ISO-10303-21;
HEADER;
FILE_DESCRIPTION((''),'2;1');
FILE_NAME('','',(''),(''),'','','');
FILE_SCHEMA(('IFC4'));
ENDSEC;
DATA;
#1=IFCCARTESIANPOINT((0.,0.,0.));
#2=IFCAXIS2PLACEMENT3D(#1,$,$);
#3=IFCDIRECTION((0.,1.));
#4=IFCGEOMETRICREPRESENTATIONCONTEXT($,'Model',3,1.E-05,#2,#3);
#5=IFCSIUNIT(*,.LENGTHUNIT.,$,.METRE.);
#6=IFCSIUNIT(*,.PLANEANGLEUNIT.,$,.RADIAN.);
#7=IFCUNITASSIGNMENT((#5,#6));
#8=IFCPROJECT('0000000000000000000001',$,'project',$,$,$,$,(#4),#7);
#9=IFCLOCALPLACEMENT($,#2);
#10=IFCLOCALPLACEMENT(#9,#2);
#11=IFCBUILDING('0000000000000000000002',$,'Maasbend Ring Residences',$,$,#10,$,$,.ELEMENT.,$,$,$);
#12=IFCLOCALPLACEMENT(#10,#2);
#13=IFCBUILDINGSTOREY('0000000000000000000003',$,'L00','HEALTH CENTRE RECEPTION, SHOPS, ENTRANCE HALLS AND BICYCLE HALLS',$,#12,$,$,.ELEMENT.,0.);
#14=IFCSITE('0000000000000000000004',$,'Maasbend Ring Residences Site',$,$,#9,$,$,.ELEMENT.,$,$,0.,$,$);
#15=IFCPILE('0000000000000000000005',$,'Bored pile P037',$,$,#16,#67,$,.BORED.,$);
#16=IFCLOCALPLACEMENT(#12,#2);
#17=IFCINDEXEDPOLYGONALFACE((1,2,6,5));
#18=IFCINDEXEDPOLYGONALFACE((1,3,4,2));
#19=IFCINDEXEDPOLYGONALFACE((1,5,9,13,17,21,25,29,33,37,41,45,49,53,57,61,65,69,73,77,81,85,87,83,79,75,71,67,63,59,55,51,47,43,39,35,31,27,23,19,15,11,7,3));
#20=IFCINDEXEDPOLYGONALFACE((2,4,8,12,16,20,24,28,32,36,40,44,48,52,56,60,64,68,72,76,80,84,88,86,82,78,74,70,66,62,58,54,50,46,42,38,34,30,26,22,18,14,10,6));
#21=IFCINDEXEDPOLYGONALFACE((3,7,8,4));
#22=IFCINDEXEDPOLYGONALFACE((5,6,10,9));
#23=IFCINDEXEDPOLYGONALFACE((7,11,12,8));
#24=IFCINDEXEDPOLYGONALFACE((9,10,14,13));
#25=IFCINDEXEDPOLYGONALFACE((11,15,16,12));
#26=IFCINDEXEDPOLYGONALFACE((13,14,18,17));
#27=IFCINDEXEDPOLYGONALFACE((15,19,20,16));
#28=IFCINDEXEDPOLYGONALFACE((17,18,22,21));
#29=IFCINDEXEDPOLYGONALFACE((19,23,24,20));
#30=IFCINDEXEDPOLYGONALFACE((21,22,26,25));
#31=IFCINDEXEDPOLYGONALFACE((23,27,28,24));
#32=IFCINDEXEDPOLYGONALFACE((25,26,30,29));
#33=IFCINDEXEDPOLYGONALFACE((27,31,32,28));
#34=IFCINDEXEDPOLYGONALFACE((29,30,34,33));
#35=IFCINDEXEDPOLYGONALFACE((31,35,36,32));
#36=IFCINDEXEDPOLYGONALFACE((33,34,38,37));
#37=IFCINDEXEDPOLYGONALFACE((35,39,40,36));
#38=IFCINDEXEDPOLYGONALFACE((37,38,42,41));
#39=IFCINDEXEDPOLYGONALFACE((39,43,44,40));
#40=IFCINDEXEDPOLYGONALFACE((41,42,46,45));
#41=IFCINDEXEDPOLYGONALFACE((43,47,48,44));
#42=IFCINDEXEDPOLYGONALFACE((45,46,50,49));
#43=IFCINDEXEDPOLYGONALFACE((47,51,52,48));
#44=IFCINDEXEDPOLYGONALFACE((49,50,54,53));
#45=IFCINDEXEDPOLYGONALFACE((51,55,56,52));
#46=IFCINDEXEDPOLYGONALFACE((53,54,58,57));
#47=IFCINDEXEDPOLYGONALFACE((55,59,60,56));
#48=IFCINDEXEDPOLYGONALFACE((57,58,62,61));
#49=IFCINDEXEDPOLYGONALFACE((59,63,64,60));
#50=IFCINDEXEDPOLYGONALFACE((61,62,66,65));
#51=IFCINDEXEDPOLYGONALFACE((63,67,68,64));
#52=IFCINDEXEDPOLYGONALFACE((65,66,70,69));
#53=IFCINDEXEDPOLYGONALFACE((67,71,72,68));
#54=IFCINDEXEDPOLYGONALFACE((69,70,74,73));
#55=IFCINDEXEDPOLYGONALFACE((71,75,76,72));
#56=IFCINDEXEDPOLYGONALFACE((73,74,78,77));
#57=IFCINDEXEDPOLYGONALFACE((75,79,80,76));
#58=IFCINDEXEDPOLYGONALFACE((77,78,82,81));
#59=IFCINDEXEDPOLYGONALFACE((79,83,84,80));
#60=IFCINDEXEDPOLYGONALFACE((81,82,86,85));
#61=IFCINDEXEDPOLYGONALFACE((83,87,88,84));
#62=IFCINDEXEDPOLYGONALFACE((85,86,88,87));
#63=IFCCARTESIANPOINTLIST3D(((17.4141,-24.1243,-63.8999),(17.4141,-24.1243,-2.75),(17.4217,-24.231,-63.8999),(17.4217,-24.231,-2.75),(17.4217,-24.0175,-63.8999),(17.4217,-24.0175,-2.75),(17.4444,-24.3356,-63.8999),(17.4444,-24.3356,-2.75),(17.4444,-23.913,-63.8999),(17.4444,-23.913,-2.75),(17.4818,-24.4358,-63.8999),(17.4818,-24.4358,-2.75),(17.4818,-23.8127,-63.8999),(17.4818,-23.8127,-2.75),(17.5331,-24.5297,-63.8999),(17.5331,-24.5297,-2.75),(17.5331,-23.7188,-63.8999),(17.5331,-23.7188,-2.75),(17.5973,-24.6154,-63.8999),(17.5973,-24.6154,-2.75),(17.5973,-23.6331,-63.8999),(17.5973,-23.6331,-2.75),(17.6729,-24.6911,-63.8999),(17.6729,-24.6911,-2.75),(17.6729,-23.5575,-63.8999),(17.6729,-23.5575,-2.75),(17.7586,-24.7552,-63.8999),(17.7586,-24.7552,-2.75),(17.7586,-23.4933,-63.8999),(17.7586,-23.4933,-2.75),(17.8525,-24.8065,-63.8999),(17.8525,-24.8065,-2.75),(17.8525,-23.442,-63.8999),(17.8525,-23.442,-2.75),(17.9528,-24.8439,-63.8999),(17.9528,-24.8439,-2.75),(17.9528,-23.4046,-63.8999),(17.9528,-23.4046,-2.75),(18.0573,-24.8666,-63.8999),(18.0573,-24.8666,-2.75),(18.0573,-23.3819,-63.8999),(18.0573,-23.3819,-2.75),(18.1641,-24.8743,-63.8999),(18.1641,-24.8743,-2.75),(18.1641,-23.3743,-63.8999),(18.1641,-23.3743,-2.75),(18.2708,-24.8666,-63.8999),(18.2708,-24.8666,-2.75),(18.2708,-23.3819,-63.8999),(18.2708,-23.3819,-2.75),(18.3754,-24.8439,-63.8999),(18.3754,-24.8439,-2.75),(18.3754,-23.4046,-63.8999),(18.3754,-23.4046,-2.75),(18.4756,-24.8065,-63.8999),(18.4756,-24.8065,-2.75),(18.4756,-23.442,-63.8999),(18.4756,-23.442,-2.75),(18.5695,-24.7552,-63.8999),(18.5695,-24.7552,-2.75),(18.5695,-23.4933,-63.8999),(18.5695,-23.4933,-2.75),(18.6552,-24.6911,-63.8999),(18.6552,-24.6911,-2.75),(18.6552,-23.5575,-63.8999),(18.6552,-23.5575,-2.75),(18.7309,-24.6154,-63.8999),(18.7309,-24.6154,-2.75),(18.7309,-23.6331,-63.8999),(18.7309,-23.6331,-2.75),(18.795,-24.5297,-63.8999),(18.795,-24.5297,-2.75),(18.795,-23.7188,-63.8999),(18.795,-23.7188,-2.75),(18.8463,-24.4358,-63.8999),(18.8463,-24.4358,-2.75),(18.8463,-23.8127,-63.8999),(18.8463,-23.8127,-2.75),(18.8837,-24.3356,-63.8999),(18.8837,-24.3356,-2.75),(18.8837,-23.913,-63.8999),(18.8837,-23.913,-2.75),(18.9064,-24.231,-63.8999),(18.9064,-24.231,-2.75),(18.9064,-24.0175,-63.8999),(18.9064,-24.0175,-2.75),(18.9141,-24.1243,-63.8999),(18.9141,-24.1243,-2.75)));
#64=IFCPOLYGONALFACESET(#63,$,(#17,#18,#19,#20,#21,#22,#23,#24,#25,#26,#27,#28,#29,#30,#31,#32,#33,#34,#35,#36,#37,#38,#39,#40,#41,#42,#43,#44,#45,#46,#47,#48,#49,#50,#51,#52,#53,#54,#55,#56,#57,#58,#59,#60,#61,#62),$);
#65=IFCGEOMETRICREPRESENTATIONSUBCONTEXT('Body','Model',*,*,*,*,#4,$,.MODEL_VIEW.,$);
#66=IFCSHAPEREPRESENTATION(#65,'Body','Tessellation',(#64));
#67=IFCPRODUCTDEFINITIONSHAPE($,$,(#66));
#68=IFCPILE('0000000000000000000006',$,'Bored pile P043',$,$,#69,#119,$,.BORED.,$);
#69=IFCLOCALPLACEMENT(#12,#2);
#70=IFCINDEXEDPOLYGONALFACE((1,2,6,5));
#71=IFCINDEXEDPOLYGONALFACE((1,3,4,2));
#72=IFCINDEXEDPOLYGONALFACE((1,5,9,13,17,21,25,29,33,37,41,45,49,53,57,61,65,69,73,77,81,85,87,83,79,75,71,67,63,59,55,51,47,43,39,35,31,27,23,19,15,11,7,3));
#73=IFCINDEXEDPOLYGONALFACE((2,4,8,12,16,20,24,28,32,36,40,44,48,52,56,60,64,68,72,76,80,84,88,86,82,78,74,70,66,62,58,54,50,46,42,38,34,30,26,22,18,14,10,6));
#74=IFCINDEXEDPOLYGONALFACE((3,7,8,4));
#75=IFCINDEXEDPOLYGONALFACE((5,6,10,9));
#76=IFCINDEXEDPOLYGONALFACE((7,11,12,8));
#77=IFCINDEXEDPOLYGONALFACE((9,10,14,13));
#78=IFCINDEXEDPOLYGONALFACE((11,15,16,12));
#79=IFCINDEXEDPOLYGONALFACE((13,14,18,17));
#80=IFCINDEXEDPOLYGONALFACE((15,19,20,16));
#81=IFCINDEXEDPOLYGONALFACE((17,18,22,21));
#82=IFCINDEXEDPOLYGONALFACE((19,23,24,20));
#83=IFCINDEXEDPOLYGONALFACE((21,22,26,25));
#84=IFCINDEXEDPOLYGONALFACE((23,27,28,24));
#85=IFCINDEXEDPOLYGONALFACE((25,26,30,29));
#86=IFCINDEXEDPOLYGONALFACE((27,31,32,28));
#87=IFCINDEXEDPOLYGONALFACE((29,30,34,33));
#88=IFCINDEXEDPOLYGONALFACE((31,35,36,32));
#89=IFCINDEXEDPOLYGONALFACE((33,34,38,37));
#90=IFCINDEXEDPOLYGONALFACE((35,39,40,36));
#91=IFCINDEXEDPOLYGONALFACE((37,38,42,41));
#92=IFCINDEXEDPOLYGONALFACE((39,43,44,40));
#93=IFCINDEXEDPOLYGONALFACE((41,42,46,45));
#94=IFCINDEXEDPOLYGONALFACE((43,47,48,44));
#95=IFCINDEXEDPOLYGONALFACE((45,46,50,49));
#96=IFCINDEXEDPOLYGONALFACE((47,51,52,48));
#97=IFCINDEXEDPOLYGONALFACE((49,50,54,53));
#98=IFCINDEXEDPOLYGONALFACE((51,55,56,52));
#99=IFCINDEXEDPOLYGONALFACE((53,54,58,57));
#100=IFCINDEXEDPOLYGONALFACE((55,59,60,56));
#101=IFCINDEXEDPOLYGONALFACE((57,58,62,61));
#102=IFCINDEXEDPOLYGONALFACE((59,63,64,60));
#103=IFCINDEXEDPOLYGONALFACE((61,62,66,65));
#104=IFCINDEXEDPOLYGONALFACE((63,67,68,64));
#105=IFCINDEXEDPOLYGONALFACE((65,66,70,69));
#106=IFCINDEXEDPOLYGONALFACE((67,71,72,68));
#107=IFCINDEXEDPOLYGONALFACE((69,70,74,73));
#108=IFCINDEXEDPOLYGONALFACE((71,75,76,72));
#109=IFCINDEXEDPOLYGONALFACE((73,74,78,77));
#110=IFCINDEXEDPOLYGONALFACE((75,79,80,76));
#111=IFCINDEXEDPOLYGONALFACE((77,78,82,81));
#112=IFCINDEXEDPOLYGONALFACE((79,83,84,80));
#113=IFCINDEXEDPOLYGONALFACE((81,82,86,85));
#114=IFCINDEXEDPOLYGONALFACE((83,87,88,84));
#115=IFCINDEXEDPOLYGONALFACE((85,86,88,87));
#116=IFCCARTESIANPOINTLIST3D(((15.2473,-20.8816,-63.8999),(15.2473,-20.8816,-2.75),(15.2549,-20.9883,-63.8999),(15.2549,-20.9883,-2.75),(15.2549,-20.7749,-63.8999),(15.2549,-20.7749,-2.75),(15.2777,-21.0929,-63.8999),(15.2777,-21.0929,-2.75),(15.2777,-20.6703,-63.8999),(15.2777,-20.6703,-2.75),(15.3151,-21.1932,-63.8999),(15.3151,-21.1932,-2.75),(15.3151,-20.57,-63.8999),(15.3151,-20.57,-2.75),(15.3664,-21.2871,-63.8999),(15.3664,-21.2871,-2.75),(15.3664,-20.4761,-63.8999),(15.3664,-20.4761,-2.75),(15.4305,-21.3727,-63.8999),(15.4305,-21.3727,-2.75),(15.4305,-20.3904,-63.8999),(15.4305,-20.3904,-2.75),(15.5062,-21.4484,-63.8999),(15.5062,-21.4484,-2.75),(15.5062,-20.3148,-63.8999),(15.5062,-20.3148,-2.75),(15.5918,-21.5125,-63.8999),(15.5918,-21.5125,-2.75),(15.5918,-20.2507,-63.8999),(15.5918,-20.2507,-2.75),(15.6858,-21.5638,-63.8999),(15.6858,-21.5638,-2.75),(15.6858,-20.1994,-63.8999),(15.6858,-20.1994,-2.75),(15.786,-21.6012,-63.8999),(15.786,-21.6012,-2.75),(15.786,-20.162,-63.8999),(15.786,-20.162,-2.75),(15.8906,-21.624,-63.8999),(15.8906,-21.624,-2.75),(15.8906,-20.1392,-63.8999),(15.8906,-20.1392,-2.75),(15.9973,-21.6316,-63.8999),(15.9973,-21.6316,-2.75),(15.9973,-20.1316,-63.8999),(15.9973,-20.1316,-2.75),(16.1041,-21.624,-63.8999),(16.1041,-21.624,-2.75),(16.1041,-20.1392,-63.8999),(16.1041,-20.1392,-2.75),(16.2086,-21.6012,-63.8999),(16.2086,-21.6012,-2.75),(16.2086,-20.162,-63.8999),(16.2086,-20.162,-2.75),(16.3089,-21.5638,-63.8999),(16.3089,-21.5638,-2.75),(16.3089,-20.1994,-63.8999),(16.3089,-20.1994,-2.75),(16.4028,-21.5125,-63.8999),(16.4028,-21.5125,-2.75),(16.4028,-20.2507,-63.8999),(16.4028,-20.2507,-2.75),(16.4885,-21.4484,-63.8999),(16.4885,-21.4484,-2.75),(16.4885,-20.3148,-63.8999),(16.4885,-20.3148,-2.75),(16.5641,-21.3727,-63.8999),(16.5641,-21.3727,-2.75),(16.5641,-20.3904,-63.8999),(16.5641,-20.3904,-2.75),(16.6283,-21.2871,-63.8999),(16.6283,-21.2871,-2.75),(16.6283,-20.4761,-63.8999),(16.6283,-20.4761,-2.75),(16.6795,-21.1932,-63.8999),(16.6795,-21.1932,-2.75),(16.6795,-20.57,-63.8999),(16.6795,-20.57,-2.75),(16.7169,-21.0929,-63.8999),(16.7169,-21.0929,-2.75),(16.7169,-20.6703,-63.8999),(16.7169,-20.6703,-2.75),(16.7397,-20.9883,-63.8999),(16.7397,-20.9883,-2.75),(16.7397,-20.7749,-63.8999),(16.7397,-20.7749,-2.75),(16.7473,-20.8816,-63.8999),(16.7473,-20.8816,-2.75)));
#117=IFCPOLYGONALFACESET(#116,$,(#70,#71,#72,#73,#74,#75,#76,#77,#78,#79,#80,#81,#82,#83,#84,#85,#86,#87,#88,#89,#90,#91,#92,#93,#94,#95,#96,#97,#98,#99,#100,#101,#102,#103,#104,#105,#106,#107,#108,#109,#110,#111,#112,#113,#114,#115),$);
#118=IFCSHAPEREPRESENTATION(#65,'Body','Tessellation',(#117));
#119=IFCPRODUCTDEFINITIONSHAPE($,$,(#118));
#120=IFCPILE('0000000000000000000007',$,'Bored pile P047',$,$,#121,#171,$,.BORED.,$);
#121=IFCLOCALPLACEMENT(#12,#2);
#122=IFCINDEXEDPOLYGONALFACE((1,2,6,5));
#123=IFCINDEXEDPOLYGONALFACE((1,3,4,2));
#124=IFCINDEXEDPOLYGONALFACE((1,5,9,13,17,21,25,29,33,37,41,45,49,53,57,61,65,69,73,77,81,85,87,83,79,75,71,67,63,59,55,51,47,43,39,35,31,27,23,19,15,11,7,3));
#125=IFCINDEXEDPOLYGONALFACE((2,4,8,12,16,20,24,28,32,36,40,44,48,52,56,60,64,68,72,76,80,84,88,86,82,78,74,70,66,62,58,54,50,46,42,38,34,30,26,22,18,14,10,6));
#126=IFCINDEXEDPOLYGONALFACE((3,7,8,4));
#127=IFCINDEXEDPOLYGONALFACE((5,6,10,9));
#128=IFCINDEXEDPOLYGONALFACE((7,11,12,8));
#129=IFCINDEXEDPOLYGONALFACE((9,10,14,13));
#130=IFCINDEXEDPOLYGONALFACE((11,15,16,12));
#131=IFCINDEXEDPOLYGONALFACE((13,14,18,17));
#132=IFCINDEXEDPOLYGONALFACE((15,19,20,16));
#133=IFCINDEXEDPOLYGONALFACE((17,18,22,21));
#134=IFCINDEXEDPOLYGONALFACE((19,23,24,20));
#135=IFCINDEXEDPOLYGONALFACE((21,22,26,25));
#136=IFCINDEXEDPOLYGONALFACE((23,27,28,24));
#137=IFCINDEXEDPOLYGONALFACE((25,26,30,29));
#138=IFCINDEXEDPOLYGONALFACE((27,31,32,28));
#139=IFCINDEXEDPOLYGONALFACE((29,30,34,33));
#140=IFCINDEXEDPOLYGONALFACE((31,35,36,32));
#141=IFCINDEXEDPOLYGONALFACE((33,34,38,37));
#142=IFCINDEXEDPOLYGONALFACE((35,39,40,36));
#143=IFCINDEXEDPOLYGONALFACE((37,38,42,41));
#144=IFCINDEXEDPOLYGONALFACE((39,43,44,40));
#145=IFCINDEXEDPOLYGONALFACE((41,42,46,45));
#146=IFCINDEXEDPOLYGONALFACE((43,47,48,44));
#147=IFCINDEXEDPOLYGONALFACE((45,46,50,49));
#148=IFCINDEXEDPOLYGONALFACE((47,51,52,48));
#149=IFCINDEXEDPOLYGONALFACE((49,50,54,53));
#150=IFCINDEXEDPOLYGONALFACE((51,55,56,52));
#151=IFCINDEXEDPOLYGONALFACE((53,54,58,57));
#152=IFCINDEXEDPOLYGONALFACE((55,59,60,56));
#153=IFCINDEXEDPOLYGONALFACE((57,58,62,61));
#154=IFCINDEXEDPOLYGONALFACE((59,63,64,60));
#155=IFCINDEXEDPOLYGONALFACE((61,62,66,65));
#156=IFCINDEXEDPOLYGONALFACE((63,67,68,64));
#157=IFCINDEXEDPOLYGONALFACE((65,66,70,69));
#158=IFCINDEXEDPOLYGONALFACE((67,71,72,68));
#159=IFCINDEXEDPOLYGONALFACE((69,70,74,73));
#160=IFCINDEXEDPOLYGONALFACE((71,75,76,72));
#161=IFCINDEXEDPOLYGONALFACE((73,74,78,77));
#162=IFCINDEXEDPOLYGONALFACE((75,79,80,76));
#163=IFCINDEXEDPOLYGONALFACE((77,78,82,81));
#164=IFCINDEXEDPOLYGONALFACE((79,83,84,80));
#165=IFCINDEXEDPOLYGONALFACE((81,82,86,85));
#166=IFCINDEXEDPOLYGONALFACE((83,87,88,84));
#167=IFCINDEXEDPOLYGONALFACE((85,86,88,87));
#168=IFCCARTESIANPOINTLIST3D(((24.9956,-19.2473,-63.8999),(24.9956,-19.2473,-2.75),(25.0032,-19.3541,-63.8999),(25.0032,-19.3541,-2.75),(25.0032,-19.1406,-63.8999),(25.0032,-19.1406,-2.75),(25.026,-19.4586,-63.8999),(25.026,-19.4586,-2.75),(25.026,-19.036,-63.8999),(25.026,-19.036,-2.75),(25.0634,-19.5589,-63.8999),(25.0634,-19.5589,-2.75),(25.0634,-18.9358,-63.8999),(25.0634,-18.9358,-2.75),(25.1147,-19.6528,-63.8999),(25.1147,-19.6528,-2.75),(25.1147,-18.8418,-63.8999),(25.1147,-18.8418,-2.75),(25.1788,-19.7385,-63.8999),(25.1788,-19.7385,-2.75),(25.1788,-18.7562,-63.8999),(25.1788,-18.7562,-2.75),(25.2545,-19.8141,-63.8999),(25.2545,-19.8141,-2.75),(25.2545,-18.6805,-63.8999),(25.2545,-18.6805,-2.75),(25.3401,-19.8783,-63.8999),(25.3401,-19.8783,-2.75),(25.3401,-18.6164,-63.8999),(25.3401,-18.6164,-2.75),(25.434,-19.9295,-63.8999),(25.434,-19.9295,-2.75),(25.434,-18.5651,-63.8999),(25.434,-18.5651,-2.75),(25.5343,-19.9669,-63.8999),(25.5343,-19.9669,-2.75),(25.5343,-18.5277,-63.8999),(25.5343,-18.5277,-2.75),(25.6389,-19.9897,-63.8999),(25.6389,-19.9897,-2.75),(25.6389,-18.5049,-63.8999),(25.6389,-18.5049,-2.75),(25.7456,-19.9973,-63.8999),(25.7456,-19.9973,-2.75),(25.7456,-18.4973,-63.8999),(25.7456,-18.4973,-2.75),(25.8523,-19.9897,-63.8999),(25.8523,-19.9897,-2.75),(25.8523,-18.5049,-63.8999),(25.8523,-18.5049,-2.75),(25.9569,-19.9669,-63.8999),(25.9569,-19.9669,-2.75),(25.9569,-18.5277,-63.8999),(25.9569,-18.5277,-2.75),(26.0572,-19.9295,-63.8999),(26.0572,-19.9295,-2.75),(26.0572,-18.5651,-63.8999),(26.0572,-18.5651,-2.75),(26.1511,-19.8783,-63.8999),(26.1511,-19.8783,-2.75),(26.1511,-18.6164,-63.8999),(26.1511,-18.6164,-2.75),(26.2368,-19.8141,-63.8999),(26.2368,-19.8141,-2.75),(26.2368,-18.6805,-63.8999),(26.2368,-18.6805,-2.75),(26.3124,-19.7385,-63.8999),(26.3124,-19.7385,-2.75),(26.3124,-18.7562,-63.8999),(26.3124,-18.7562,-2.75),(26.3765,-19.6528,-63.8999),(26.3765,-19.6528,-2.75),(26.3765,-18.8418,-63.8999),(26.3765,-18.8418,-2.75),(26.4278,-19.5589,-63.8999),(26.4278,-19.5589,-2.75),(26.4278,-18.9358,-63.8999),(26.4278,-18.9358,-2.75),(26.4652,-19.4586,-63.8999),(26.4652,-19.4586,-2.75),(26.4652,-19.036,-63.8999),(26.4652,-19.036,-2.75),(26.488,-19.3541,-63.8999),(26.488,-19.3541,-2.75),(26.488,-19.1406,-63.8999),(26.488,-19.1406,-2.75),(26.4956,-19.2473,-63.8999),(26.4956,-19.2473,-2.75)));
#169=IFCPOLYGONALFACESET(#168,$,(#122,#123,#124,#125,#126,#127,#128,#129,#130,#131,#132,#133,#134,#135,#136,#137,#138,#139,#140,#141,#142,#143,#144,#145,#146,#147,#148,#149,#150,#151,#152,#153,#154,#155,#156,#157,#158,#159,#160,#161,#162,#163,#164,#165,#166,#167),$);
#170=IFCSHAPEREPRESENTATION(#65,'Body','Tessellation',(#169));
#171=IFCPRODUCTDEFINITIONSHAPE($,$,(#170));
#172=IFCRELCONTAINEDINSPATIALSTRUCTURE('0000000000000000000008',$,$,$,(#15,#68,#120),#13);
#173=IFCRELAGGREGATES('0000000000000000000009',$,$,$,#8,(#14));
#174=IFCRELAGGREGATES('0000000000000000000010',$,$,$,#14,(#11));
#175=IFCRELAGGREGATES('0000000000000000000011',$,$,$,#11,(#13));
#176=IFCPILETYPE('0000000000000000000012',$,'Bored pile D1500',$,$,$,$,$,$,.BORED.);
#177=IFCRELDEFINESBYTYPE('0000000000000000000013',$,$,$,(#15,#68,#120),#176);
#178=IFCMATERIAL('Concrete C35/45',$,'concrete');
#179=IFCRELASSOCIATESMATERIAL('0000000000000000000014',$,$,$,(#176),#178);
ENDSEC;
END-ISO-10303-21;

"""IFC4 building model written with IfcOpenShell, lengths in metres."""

from ifc_helpers import new_model, si_unit, direction, frame, origin, origin_2d, place, context, subcontext, project, spatial, circle, extrude, material, material_profile, profile_set, type_object, element, save


model = new_model("IFC4")

# Units and contexts
model_context = context("Model", 3, precision=1e-05, world=origin(), true_north=direction((0.0, 1.0)))
body_context = subcontext(model_context, "Body", "Model", "MODEL_VIEW")
ifc_project = project(units=[si_unit("LENGTHUNIT", "METRE"), si_unit("PLANEANGLEUNIT", "RADIAN")], contexts=[model_context])

# Site, building, storey
site_placement = place(None, origin())
site = spatial("IfcSite", under=ifc_project, at=site_placement, Name="Maasbend Ring Residences Site", CompositionType="ELEMENT", RefElevation=0.0)
building_placement = place(site_placement, origin())
building = spatial("IfcBuilding", under=site, at=building_placement, Name="Maasbend Ring Residences", CompositionType="ELEMENT")
storey_placement = place(building_placement, origin())
storey = spatial("IfcBuildingStorey", under=building, at=storey_placement, Name="L00", Description="HEALTH CENTRE RECEPTION, SHOPS, ENTRANCE HALLS AND BICYCLE HALLS", CompositionType="ELEMENT", Elevation=0.0)

# Piles
ifc_material_1 = material(Name="Concrete C35/45", Category="concrete")
ifc_material_profile_1 = material_profile(ifc_material_1, circle(Radius=0.75, at=origin_2d()), Name="Bored pile D1500")
ifc_profile_set_1 = profile_set([ifc_material_profile_1], Name="Concrete C35/45")
pile_type = type_object("IfcPileType", Name="Bored pile D1500", PredefinedType="BORED", material=ifc_profile_set_1)
for number, where, z_axis, x_axis, name in (
    (1, (18.1641, -24.1243, -2.75), (0.0, 0.0, -1.0), (1.0, 0.0, 0.0), "Bored pile P037"),
    (2, (15.9973, -20.8816, -2.75), (0.0, 0.0, -1.0), (1.0, 0.0, 0.0), "Bored pile P043"),
    (3, (25.7456, -19.2473, -2.75), (0.0, 0.0, -1.0), (1.0, 0.0, 0.0), "Bored pile P047"),
):
    element("IfcPile", number, at=place(storey_placement, frame(where, z_axis=z_axis, x_axis=x_axis)), inside=storey, type_object=pile_type, Name=name, PredefinedType="BORED", context=body_context, shape_type="SweptSolid", body=[
        extrude(circle(Radius=0.75, at=origin_2d()), origin(), (0.0, 0.0, 1.0), 61.1499),
    ])

save(model, "model.ifc")
